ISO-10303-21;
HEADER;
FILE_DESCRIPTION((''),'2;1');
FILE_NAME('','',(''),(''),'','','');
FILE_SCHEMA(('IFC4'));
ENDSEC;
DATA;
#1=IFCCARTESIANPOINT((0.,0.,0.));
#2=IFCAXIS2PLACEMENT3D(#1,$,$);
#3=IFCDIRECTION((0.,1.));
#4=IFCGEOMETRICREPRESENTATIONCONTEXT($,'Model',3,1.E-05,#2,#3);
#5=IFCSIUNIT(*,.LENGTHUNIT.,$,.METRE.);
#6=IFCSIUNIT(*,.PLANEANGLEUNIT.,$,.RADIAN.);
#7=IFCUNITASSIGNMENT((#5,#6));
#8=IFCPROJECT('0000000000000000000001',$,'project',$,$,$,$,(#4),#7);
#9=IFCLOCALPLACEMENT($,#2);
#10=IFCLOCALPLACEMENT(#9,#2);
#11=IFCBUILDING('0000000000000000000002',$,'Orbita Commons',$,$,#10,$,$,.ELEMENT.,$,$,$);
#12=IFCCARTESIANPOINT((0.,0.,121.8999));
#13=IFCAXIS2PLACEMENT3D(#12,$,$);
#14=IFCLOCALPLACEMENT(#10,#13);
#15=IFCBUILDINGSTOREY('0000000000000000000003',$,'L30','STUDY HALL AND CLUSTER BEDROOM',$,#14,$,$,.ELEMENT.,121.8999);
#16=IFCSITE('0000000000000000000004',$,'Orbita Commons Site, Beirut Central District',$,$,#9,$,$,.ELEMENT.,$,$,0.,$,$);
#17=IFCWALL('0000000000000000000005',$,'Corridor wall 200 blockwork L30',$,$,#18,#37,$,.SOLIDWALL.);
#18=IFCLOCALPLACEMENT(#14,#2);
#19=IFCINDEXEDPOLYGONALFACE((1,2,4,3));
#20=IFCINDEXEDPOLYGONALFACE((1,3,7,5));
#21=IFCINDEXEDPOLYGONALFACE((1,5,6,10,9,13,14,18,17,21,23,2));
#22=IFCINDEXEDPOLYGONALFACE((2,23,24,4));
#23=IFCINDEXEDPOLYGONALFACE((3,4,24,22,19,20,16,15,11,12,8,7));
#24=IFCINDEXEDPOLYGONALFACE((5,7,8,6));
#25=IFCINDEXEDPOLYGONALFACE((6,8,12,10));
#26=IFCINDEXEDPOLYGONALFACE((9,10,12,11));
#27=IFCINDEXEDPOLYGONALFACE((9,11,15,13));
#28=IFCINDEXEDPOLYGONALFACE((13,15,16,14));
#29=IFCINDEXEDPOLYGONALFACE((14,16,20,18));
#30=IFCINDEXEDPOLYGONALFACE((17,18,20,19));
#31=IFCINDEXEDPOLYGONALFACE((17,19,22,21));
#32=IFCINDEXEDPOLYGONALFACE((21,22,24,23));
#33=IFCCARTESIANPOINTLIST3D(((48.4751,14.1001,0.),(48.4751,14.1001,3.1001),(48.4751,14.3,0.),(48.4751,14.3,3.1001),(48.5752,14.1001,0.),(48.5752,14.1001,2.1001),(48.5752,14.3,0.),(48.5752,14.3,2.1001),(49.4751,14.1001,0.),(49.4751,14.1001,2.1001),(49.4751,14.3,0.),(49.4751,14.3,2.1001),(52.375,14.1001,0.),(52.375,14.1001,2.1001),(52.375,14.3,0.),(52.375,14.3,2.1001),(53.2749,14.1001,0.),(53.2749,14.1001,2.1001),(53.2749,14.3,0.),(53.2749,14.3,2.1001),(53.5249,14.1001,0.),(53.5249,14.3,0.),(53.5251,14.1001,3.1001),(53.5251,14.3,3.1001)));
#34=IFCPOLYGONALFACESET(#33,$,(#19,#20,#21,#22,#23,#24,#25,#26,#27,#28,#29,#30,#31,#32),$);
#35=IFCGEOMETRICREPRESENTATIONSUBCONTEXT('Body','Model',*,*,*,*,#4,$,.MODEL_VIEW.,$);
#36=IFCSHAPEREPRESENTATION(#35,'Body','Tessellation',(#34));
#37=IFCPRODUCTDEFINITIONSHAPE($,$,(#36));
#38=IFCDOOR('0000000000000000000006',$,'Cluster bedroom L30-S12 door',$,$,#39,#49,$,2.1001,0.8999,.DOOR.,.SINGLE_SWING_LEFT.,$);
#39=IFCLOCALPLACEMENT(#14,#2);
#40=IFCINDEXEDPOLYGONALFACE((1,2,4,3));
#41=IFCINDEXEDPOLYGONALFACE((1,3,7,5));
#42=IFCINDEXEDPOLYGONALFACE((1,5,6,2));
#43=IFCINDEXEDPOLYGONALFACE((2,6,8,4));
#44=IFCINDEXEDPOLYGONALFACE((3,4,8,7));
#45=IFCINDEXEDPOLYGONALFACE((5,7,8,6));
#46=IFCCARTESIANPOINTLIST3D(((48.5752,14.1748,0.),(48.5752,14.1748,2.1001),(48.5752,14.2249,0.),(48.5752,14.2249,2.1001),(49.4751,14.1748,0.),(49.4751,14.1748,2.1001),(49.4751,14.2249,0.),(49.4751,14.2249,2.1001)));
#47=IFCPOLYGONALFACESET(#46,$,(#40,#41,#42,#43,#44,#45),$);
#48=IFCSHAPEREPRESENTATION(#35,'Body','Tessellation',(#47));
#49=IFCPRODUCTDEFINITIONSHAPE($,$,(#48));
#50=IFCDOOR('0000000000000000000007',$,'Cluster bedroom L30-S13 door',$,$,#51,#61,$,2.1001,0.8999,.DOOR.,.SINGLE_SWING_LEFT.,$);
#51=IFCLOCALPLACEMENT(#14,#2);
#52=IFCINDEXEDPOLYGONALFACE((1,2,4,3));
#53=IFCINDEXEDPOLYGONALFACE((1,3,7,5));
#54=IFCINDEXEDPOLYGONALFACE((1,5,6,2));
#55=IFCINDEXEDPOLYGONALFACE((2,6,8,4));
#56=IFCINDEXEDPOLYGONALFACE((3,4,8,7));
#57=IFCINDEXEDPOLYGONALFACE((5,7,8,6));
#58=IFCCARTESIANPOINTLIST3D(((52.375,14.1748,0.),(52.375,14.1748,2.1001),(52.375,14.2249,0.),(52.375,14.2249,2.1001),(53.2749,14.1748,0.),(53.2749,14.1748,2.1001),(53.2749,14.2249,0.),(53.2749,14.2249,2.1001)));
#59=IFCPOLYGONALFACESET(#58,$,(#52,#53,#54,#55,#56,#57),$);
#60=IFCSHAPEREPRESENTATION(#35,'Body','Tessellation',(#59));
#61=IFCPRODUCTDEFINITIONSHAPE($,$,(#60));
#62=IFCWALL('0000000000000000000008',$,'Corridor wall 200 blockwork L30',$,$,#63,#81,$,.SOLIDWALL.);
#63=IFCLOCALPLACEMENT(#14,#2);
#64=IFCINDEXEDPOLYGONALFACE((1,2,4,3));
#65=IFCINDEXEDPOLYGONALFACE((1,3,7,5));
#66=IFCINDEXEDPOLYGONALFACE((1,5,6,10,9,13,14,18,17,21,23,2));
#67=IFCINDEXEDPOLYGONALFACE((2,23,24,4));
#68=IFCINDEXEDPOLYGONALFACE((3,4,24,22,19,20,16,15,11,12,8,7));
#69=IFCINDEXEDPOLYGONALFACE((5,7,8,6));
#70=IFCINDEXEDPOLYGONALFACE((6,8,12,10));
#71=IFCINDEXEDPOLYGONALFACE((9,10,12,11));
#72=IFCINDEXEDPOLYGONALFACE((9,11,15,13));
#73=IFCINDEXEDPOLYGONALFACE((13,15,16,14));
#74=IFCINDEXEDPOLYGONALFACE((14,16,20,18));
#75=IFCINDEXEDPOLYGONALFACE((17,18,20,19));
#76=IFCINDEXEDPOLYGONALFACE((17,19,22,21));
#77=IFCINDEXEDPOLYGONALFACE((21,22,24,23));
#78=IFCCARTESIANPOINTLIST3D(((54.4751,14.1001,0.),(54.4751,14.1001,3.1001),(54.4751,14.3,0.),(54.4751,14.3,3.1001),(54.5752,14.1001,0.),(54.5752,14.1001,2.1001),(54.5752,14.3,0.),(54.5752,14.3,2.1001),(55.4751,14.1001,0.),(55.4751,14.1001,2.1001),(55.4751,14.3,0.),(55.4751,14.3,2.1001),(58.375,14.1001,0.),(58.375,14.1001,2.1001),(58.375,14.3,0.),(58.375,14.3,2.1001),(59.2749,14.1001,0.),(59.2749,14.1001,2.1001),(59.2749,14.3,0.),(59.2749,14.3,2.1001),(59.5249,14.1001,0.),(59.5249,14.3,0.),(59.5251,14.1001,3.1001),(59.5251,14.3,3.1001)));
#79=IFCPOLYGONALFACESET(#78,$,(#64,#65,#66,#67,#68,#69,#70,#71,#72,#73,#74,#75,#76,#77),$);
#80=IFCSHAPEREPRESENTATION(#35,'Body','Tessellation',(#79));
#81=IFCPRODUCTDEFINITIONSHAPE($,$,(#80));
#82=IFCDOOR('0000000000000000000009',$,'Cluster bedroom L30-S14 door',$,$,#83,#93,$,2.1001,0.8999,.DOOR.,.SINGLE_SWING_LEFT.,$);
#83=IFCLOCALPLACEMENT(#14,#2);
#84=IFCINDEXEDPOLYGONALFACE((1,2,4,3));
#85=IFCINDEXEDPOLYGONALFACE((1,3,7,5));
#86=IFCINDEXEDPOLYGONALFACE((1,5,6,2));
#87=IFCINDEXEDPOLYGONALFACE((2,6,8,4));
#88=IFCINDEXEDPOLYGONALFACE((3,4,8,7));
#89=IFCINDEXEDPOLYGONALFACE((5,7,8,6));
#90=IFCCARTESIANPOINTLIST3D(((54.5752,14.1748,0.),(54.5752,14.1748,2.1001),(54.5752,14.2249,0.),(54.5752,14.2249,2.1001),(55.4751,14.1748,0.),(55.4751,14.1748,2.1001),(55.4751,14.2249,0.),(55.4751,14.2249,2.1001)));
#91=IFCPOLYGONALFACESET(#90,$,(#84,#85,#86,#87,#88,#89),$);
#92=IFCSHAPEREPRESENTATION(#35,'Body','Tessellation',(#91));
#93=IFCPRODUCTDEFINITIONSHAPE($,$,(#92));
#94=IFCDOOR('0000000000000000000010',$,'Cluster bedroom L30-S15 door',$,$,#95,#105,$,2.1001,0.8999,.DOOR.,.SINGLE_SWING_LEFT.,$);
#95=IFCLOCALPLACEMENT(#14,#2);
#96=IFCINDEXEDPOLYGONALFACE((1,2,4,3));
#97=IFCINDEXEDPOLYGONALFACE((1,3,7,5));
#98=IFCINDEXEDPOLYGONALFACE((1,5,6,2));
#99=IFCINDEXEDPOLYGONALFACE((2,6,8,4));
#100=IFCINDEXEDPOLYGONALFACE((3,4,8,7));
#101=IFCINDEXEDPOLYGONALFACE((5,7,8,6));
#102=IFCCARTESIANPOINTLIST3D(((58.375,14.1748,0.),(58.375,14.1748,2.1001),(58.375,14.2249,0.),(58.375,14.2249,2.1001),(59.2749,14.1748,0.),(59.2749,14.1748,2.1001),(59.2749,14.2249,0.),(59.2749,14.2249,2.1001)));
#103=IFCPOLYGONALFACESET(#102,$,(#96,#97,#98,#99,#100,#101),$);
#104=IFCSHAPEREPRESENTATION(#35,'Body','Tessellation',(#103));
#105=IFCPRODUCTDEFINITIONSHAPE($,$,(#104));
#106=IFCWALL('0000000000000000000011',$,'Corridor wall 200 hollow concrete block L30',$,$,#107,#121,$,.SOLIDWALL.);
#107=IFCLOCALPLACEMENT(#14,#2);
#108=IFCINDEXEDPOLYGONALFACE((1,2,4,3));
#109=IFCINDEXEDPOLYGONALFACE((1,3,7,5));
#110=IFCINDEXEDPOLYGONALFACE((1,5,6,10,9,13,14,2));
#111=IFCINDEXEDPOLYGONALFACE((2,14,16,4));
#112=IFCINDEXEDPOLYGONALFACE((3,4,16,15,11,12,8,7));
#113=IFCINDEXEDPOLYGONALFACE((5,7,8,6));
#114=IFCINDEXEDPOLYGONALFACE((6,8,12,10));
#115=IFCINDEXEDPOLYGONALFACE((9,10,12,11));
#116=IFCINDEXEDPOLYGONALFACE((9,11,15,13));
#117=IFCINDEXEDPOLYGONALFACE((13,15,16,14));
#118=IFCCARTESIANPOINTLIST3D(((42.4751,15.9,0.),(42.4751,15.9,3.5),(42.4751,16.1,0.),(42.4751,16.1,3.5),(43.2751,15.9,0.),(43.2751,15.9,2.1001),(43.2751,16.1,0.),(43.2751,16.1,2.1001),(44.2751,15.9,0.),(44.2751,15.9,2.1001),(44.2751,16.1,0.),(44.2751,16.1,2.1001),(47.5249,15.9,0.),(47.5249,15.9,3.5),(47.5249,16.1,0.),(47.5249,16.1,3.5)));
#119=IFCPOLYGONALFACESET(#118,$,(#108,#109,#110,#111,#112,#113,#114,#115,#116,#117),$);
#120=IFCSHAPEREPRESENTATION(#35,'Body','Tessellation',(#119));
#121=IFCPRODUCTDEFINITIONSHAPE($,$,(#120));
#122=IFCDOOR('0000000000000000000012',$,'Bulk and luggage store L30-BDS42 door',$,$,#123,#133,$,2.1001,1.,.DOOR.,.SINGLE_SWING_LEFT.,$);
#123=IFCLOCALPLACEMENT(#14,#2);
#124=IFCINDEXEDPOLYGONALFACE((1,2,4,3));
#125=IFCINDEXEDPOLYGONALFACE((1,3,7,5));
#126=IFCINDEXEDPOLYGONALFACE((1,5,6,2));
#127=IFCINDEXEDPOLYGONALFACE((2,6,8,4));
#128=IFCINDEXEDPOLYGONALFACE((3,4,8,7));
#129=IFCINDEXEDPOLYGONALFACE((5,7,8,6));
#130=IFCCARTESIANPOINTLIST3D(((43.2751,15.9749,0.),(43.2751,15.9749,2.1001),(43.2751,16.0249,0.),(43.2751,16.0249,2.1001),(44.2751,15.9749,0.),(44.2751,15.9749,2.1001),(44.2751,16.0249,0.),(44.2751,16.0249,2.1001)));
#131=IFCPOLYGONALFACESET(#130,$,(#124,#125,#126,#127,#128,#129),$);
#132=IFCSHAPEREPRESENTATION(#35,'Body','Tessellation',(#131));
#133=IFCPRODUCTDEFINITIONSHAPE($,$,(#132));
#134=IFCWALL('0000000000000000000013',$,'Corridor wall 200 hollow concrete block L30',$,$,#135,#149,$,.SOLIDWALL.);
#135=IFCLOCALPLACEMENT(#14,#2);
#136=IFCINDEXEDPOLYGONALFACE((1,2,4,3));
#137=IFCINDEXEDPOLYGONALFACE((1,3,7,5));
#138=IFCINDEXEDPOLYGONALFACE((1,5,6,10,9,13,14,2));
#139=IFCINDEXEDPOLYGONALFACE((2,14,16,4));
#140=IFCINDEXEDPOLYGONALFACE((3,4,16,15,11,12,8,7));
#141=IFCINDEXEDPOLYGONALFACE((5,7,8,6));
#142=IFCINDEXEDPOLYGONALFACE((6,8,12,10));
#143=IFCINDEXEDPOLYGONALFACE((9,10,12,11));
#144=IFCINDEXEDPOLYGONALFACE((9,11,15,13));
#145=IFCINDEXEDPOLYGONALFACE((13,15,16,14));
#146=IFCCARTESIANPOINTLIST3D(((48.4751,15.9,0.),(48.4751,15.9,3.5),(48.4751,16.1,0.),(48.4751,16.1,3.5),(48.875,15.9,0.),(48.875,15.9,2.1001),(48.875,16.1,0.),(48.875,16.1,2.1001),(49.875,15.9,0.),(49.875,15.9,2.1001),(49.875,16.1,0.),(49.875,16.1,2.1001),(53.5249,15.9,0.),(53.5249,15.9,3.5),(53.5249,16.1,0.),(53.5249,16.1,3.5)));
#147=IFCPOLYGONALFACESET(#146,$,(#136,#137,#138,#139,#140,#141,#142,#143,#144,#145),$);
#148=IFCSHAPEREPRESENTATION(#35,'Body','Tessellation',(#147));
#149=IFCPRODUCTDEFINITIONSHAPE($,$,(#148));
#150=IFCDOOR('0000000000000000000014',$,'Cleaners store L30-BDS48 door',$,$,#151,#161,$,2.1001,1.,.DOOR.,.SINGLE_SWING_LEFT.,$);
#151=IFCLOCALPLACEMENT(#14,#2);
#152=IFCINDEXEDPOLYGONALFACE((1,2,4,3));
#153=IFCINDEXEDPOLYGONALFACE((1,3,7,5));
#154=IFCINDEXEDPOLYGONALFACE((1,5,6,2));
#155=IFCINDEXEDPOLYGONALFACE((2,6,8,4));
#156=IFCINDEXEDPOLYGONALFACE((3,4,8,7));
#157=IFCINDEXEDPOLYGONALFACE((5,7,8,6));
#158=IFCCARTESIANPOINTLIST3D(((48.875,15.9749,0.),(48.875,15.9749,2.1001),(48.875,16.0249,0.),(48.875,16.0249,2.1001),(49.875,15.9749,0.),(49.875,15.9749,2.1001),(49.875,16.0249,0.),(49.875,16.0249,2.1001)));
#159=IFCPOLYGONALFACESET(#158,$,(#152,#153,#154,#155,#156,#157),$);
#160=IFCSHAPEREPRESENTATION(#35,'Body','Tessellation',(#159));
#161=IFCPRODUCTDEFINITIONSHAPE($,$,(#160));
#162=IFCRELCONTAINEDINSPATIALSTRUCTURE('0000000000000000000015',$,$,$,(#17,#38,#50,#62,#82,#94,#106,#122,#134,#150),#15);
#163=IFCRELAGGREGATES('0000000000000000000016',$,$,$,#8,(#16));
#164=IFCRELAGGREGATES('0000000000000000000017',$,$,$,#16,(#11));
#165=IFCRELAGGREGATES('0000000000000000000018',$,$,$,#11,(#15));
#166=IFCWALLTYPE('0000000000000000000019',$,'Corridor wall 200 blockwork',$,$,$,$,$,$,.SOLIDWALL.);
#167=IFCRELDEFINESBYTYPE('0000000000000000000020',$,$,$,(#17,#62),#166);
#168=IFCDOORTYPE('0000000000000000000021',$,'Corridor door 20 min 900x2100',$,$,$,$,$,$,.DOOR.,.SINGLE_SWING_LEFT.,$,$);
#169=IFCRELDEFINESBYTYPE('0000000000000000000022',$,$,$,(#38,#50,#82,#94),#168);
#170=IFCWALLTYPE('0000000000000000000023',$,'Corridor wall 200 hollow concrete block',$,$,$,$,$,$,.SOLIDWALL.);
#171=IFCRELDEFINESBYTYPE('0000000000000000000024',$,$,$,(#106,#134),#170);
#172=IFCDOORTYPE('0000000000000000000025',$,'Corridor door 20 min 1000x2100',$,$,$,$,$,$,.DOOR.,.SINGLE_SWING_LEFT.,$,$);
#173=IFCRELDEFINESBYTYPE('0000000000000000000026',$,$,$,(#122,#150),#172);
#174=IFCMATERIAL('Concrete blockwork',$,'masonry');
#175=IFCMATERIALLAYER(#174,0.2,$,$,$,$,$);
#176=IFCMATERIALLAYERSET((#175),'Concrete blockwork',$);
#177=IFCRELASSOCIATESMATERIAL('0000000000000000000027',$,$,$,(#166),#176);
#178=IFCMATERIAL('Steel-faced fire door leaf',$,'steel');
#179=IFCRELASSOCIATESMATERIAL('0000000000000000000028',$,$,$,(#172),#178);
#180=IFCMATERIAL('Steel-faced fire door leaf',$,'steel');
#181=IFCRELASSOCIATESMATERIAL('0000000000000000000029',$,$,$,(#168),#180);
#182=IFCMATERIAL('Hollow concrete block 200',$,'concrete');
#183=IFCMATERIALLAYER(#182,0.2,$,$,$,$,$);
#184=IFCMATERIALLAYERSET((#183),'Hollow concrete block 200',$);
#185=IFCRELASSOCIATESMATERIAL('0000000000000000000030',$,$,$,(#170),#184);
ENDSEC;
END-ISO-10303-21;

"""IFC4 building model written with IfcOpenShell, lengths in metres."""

from ifc_helpers import new_model, si_unit, direction, frame, frame_2d, origin, place, context, subcontext, project, spatial, polyline, rectangle, outline, extrude, material, layer, layer_set, type_object, element, fill, save


model = new_model("IFC4")

# Units and contexts
model_context = context("Model", 3, precision=1e-05, world=origin(), true_north=direction((0.0, 1.0)))
body_context = subcontext(model_context, "Body", "Model", "MODEL_VIEW")
ifc_project = project(units=[si_unit("LENGTHUNIT", "METRE"), si_unit("PLANEANGLEUNIT", "RADIAN")], contexts=[model_context])

# Site, building, storey
site_placement = place(None, origin())
site = spatial("IfcSite", under=ifc_project, at=site_placement, Name="Orbita Commons Site, Beirut Central District", CompositionType="ELEMENT", RefElevation=0.0)
building_placement = place(site_placement, origin())
building = spatial("IfcBuilding", under=site, at=building_placement, Name="Orbita Commons", CompositionType="ELEMENT")
storey_placement = place(building_placement, frame((0.0, 0.0, 121.8999)))
storey = spatial("IfcBuildingStorey", under=building, at=storey_placement, Name="L30", Description="STUDY HALL AND CLUSTER BEDROOM", CompositionType="ELEMENT", Elevation=121.8999)

# Shared definitions
ifc_material_1 = material(Name="Concrete blockwork", Category="masonry")
ifc_layer_1 = layer(ifc_material_1, 0.2)
ifc_layer_set_1 = layer_set([ifc_layer_1], Name="Concrete blockwork")
wall_type_1 = type_object("IfcWallType", Name="Corridor wall 200 blockwork", PredefinedType="SOLIDWALL", material=ifc_layer_set_1)
ifc_material_2 = material(Name="Steel-faced fire door leaf", Category="steel")
door_type_1 = type_object("IfcDoorType", Name="Corridor door 20 min 1000x2100", OperationType="SINGLE_SWING_LEFT", PredefinedType="DOOR", material=ifc_material_2)

# Walls, openings, doors
wall_1_placement = place(storey_placement, frame((48.4751, 14.2, 0.0), z_axis=(0.0, 0.0, 1.0), x_axis=(1.0, 0.0, 0.0)))
wall_1 = element("IfcWall", 1, at=wall_1_placement, inside=storey, type_object=wall_type_1, Name="Corridor wall 200 blockwork L30", PredefinedType="SOLIDWALL", context=body_context, shape_type="SweptSolid", body=[
    extrude(outline(polyline([(0.0, 0.0), (5.0498, 0.0), (5.05, 3.1001), (0.0, 3.1001), (0.0, 0.0)])), frame((0.0, 0.1001, 0.0), z_axis=(0.0, -1.0, 0.0), x_axis=(1.0, 0.0, 0.0)), (0.0, 0.0, 1.0), 0.2),
])
opening_1_placement = place(wall_1_placement, frame((0.1001, 0.0, 0.0)))
opening_1 = element("IfcOpeningElement", 2, at=opening_1_placement, cuts=wall_1, PredefinedType="OPENING", context=body_context, shape_type="SweptSolid", body=[
    extrude(rectangle(XDim=0.8999, YDim=2.1001, at=frame_2d((0.45, 1.05))), frame((0.0, 0.1099, 0.0), z_axis=(0.0, -1.0, 0.0), x_axis=(1.0, 0.0, 0.0)), (0.0, 0.0, 1.0), 0.22),
])
opening_2_placement = place(wall_1_placement, frame((3.8999, 0.0, 0.0)))
opening_2 = element("IfcOpeningElement", 3, at=opening_2_placement, cuts=wall_1, PredefinedType="OPENING", context=body_context, shape_type="SweptSolid", body=[
    extrude(rectangle(XDim=0.8999, YDim=2.1001, at=frame_2d((0.45, 1.05))), frame((0.0, 0.1099, 0.0), z_axis=(0.0, -1.0, 0.0), x_axis=(1.0, 0.0, 0.0)), (0.0, 0.0, 1.0), 0.22),
])
ifc_material_3 = material(Name="Steel-faced fire door leaf", Category="steel")
door_type_2 = type_object("IfcDoorType", Name="Corridor door 20 min 900x2100", OperationType="SINGLE_SWING_LEFT", PredefinedType="DOOR", material=ifc_material_3)
door_1_placement = place(opening_1_placement, origin())
door_1 = element("IfcDoor", 4, at=door_1_placement, inside=storey, type_object=door_type_2, Name="Cluster bedroom L30-S12 door", OperationType="SINGLE_SWING_LEFT", OverallHeight=2.1001, OverallWidth=0.8999, PredefinedType="DOOR", context=body_context, shape_type="SweptSolid", body=[
    extrude(rectangle(XDim=0.8999, YDim=2.1001, at=frame_2d((0.45, 1.05))), frame((0.0, 0.0249, 0.0), z_axis=(0.0, -1.0, 0.0), x_axis=(1.0, 0.0, 0.0)), (0.0, 0.0, 1.0), 0.05),
])
fill(opening_1, door_1)
door_2_placement = place(opening_2_placement, origin())
door_2 = element("IfcDoor", 5, at=door_2_placement, inside=storey, type_object=door_type_2, Name="Cluster bedroom L30-S13 door", OperationType="SINGLE_SWING_LEFT", OverallHeight=2.1001, OverallWidth=0.8999, PredefinedType="DOOR", context=body_context, shape_type="SweptSolid", body=[
    extrude(rectangle(XDim=0.8999, YDim=2.1001, at=frame_2d((0.45, 1.05))), frame((0.0, 0.0249, 0.0), z_axis=(0.0, -1.0, 0.0), x_axis=(1.0, 0.0, 0.0)), (0.0, 0.0, 1.0), 0.05),
])
fill(opening_2, door_2)
wall_2_placement = place(storey_placement, frame((54.4751, 14.2, 0.0), z_axis=(0.0, 0.0, 1.0), x_axis=(1.0, 0.0, 0.0)))
wall_2 = element("IfcWall", 6, at=wall_2_placement, inside=storey, type_object=wall_type_1, Name="Corridor wall 200 blockwork L30", PredefinedType="SOLIDWALL", context=body_context, shape_type="SweptSolid", body=[
    extrude(outline(polyline([(0.0, 0.0), (5.0498, 0.0), (5.05, 3.1001), (0.0, 3.1001), (0.0, 0.0)])), frame((0.0, 0.1001, 0.0), z_axis=(0.0, -1.0, 0.0), x_axis=(1.0, 0.0, 0.0)), (0.0, 0.0, 1.0), 0.2),
])
opening_3_placement = place(wall_2_placement, frame((0.1001, 0.0, 0.0)))
opening_3 = element("IfcOpeningElement", 7, at=opening_3_placement, cuts=wall_2, PredefinedType="OPENING", context=body_context, shape_type="SweptSolid", body=[
    extrude(rectangle(XDim=0.8999, YDim=2.1001, at=frame_2d((0.45, 1.05))), frame((0.0, 0.1099, 0.0), z_axis=(0.0, -1.0, 0.0), x_axis=(1.0, 0.0, 0.0)), (0.0, 0.0, 1.0), 0.22),
])
opening_4_placement = place(wall_2_placement, frame((3.8999, 0.0, 0.0)))
opening_4 = element("IfcOpeningElement", 8, at=opening_4_placement, cuts=wall_2, PredefinedType="OPENING", context=body_context, shape_type="SweptSolid", body=[
    extrude(rectangle(XDim=0.8999, YDim=2.1001, at=frame_2d((0.45, 1.05))), frame((0.0, 0.1099, 0.0), z_axis=(0.0, -1.0, 0.0), x_axis=(1.0, 0.0, 0.0)), (0.0, 0.0, 1.0), 0.22),
])
door_3_placement = place(opening_3_placement, origin())
door_3 = element("IfcDoor", 9, at=door_3_placement, inside=storey, type_object=door_type_2, Name="Cluster bedroom L30-S14 door", OperationType="SINGLE_SWING_LEFT", OverallHeight=2.1001, OverallWidth=0.8999, PredefinedType="DOOR", context=body_context, shape_type="SweptSolid", body=[
    extrude(rectangle(XDim=0.8999, YDim=2.1001, at=frame_2d((0.45, 1.05))), frame((0.0, 0.0249, 0.0), z_axis=(0.0, -1.0, 0.0), x_axis=(1.0, 0.0, 0.0)), (0.0, 0.0, 1.0), 0.05),
])
fill(opening_3, door_3)
door_4_placement = place(opening_4_placement, origin())
door_4 = element("IfcDoor", 10, at=door_4_placement, inside=storey, type_object=door_type_2, Name="Cluster bedroom L30-S15 door", OperationType="SINGLE_SWING_LEFT", OverallHeight=2.1001, OverallWidth=0.8999, PredefinedType="DOOR", context=body_context, shape_type="SweptSolid", body=[
    extrude(rectangle(XDim=0.8999, YDim=2.1001, at=frame_2d((0.45, 1.05))), frame((0.0, 0.0249, 0.0), z_axis=(0.0, -1.0, 0.0), x_axis=(1.0, 0.0, 0.0)), (0.0, 0.0, 1.0), 0.05),
])
fill(opening_4, door_4)

# Walls, openings, doors
ifc_material_4 = material(Name="Hollow concrete block 200", Category="concrete")
ifc_layer_2 = layer(ifc_material_4, 0.2)
ifc_layer_set_2 = layer_set([ifc_layer_2], Name="Hollow concrete block 200")
wall_type_2 = type_object("IfcWallType", Name="Corridor wall 200 hollow concrete block", PredefinedType="SOLIDWALL", material=ifc_layer_set_2)
wall_3_placement = place(storey_placement, frame((42.4751, 16.0, 0.0), z_axis=(0.0, 0.0, 1.0), x_axis=(1.0, 0.0, 0.0)))
wall_3 = element("IfcWall", 11, at=wall_3_placement, inside=storey, type_object=wall_type_2, Name="Corridor wall 200 hollow concrete block L30", PredefinedType="SOLIDWALL", context=body_context, shape_type="SweptSolid", body=[
    extrude(rectangle(XDim=5.0498, YDim=0.2, at=frame_2d((2.5249, 0.0))), origin(), (0.0, 0.0, 1.0), 3.5),
])
opening_5_placement = place(wall_3_placement, frame((0.8, 0.0, 0.0)))
opening_5 = element("IfcOpeningElement", 12, at=opening_5_placement, cuts=wall_3, PredefinedType="OPENING", context=body_context, shape_type="SweptSolid", body=[
    extrude(rectangle(XDim=1.0, YDim=2.1001, at=frame_2d((0.5, 1.05))), frame((0.0, 0.1099, 0.0), z_axis=(0.0, -1.0, 0.0), x_axis=(1.0, 0.0, 0.0)), (0.0, 0.0, 1.0), 0.22),
])
door_5_placement = place(opening_5_placement, origin())
door_5 = element("IfcDoor", 13, at=door_5_placement, inside=storey, type_object=door_type_1, Name="Bulk and luggage store L30-BDS42 door", OperationType="SINGLE_SWING_LEFT", OverallHeight=2.1001, OverallWidth=1.0, PredefinedType="DOOR", context=body_context, shape_type="SweptSolid", body=[
    extrude(rectangle(XDim=1.0, YDim=2.1001, at=frame_2d((0.5, 1.05))), frame((0.0, 0.0249, 0.0), z_axis=(0.0, -1.0, 0.0), x_axis=(1.0, 0.0, 0.0)), (0.0, 0.0, 1.0), 0.05),
])
fill(opening_5, door_5)
wall_4_placement = place(storey_placement, frame((48.4751, 16.0, 0.0), z_axis=(0.0, 0.0, 1.0), x_axis=(1.0, 0.0, 0.0)))
wall_4 = element("IfcWall", 14, at=wall_4_placement, inside=storey, type_object=wall_type_2, Name="Corridor wall 200 hollow concrete block L30", PredefinedType="SOLIDWALL", context=body_context, shape_type="SweptSolid", body=[
    extrude(rectangle(XDim=5.0498, YDim=0.2, at=frame_2d((2.5249, 0.0))), origin(), (0.0, 0.0, 1.0), 3.5),
])
opening_6_placement = place(wall_4_placement, frame((0.3999, 0.0, 0.0)))
opening_6 = element("IfcOpeningElement", 15, at=opening_6_placement, cuts=wall_4, PredefinedType="OPENING", context=body_context, shape_type="SweptSolid", body=[
    extrude(rectangle(XDim=1.0, YDim=2.1001, at=frame_2d((0.5, 1.05))), frame((0.0, 0.1099, 0.0), z_axis=(0.0, -1.0, 0.0), x_axis=(1.0, 0.0, 0.0)), (0.0, 0.0, 1.0), 0.22),
])
door_6_placement = place(opening_6_placement, origin())
door_6 = element("IfcDoor", 16, at=door_6_placement, inside=storey, type_object=door_type_1, Name="Cleaners store L30-BDS48 door", OperationType="SINGLE_SWING_LEFT", OverallHeight=2.1001, OverallWidth=1.0, PredefinedType="DOOR", context=body_context, shape_type="SweptSolid", body=[
    extrude(rectangle(XDim=1.0, YDim=2.1001, at=frame_2d((0.5, 1.05))), frame((0.0, 0.0249, 0.0), z_axis=(0.0, -1.0, 0.0), x_axis=(1.0, 0.0, 0.0)), (0.0, 0.0, 1.0), 0.05),
])
fill(opening_6, door_6)

save(model, "model.ifc")
